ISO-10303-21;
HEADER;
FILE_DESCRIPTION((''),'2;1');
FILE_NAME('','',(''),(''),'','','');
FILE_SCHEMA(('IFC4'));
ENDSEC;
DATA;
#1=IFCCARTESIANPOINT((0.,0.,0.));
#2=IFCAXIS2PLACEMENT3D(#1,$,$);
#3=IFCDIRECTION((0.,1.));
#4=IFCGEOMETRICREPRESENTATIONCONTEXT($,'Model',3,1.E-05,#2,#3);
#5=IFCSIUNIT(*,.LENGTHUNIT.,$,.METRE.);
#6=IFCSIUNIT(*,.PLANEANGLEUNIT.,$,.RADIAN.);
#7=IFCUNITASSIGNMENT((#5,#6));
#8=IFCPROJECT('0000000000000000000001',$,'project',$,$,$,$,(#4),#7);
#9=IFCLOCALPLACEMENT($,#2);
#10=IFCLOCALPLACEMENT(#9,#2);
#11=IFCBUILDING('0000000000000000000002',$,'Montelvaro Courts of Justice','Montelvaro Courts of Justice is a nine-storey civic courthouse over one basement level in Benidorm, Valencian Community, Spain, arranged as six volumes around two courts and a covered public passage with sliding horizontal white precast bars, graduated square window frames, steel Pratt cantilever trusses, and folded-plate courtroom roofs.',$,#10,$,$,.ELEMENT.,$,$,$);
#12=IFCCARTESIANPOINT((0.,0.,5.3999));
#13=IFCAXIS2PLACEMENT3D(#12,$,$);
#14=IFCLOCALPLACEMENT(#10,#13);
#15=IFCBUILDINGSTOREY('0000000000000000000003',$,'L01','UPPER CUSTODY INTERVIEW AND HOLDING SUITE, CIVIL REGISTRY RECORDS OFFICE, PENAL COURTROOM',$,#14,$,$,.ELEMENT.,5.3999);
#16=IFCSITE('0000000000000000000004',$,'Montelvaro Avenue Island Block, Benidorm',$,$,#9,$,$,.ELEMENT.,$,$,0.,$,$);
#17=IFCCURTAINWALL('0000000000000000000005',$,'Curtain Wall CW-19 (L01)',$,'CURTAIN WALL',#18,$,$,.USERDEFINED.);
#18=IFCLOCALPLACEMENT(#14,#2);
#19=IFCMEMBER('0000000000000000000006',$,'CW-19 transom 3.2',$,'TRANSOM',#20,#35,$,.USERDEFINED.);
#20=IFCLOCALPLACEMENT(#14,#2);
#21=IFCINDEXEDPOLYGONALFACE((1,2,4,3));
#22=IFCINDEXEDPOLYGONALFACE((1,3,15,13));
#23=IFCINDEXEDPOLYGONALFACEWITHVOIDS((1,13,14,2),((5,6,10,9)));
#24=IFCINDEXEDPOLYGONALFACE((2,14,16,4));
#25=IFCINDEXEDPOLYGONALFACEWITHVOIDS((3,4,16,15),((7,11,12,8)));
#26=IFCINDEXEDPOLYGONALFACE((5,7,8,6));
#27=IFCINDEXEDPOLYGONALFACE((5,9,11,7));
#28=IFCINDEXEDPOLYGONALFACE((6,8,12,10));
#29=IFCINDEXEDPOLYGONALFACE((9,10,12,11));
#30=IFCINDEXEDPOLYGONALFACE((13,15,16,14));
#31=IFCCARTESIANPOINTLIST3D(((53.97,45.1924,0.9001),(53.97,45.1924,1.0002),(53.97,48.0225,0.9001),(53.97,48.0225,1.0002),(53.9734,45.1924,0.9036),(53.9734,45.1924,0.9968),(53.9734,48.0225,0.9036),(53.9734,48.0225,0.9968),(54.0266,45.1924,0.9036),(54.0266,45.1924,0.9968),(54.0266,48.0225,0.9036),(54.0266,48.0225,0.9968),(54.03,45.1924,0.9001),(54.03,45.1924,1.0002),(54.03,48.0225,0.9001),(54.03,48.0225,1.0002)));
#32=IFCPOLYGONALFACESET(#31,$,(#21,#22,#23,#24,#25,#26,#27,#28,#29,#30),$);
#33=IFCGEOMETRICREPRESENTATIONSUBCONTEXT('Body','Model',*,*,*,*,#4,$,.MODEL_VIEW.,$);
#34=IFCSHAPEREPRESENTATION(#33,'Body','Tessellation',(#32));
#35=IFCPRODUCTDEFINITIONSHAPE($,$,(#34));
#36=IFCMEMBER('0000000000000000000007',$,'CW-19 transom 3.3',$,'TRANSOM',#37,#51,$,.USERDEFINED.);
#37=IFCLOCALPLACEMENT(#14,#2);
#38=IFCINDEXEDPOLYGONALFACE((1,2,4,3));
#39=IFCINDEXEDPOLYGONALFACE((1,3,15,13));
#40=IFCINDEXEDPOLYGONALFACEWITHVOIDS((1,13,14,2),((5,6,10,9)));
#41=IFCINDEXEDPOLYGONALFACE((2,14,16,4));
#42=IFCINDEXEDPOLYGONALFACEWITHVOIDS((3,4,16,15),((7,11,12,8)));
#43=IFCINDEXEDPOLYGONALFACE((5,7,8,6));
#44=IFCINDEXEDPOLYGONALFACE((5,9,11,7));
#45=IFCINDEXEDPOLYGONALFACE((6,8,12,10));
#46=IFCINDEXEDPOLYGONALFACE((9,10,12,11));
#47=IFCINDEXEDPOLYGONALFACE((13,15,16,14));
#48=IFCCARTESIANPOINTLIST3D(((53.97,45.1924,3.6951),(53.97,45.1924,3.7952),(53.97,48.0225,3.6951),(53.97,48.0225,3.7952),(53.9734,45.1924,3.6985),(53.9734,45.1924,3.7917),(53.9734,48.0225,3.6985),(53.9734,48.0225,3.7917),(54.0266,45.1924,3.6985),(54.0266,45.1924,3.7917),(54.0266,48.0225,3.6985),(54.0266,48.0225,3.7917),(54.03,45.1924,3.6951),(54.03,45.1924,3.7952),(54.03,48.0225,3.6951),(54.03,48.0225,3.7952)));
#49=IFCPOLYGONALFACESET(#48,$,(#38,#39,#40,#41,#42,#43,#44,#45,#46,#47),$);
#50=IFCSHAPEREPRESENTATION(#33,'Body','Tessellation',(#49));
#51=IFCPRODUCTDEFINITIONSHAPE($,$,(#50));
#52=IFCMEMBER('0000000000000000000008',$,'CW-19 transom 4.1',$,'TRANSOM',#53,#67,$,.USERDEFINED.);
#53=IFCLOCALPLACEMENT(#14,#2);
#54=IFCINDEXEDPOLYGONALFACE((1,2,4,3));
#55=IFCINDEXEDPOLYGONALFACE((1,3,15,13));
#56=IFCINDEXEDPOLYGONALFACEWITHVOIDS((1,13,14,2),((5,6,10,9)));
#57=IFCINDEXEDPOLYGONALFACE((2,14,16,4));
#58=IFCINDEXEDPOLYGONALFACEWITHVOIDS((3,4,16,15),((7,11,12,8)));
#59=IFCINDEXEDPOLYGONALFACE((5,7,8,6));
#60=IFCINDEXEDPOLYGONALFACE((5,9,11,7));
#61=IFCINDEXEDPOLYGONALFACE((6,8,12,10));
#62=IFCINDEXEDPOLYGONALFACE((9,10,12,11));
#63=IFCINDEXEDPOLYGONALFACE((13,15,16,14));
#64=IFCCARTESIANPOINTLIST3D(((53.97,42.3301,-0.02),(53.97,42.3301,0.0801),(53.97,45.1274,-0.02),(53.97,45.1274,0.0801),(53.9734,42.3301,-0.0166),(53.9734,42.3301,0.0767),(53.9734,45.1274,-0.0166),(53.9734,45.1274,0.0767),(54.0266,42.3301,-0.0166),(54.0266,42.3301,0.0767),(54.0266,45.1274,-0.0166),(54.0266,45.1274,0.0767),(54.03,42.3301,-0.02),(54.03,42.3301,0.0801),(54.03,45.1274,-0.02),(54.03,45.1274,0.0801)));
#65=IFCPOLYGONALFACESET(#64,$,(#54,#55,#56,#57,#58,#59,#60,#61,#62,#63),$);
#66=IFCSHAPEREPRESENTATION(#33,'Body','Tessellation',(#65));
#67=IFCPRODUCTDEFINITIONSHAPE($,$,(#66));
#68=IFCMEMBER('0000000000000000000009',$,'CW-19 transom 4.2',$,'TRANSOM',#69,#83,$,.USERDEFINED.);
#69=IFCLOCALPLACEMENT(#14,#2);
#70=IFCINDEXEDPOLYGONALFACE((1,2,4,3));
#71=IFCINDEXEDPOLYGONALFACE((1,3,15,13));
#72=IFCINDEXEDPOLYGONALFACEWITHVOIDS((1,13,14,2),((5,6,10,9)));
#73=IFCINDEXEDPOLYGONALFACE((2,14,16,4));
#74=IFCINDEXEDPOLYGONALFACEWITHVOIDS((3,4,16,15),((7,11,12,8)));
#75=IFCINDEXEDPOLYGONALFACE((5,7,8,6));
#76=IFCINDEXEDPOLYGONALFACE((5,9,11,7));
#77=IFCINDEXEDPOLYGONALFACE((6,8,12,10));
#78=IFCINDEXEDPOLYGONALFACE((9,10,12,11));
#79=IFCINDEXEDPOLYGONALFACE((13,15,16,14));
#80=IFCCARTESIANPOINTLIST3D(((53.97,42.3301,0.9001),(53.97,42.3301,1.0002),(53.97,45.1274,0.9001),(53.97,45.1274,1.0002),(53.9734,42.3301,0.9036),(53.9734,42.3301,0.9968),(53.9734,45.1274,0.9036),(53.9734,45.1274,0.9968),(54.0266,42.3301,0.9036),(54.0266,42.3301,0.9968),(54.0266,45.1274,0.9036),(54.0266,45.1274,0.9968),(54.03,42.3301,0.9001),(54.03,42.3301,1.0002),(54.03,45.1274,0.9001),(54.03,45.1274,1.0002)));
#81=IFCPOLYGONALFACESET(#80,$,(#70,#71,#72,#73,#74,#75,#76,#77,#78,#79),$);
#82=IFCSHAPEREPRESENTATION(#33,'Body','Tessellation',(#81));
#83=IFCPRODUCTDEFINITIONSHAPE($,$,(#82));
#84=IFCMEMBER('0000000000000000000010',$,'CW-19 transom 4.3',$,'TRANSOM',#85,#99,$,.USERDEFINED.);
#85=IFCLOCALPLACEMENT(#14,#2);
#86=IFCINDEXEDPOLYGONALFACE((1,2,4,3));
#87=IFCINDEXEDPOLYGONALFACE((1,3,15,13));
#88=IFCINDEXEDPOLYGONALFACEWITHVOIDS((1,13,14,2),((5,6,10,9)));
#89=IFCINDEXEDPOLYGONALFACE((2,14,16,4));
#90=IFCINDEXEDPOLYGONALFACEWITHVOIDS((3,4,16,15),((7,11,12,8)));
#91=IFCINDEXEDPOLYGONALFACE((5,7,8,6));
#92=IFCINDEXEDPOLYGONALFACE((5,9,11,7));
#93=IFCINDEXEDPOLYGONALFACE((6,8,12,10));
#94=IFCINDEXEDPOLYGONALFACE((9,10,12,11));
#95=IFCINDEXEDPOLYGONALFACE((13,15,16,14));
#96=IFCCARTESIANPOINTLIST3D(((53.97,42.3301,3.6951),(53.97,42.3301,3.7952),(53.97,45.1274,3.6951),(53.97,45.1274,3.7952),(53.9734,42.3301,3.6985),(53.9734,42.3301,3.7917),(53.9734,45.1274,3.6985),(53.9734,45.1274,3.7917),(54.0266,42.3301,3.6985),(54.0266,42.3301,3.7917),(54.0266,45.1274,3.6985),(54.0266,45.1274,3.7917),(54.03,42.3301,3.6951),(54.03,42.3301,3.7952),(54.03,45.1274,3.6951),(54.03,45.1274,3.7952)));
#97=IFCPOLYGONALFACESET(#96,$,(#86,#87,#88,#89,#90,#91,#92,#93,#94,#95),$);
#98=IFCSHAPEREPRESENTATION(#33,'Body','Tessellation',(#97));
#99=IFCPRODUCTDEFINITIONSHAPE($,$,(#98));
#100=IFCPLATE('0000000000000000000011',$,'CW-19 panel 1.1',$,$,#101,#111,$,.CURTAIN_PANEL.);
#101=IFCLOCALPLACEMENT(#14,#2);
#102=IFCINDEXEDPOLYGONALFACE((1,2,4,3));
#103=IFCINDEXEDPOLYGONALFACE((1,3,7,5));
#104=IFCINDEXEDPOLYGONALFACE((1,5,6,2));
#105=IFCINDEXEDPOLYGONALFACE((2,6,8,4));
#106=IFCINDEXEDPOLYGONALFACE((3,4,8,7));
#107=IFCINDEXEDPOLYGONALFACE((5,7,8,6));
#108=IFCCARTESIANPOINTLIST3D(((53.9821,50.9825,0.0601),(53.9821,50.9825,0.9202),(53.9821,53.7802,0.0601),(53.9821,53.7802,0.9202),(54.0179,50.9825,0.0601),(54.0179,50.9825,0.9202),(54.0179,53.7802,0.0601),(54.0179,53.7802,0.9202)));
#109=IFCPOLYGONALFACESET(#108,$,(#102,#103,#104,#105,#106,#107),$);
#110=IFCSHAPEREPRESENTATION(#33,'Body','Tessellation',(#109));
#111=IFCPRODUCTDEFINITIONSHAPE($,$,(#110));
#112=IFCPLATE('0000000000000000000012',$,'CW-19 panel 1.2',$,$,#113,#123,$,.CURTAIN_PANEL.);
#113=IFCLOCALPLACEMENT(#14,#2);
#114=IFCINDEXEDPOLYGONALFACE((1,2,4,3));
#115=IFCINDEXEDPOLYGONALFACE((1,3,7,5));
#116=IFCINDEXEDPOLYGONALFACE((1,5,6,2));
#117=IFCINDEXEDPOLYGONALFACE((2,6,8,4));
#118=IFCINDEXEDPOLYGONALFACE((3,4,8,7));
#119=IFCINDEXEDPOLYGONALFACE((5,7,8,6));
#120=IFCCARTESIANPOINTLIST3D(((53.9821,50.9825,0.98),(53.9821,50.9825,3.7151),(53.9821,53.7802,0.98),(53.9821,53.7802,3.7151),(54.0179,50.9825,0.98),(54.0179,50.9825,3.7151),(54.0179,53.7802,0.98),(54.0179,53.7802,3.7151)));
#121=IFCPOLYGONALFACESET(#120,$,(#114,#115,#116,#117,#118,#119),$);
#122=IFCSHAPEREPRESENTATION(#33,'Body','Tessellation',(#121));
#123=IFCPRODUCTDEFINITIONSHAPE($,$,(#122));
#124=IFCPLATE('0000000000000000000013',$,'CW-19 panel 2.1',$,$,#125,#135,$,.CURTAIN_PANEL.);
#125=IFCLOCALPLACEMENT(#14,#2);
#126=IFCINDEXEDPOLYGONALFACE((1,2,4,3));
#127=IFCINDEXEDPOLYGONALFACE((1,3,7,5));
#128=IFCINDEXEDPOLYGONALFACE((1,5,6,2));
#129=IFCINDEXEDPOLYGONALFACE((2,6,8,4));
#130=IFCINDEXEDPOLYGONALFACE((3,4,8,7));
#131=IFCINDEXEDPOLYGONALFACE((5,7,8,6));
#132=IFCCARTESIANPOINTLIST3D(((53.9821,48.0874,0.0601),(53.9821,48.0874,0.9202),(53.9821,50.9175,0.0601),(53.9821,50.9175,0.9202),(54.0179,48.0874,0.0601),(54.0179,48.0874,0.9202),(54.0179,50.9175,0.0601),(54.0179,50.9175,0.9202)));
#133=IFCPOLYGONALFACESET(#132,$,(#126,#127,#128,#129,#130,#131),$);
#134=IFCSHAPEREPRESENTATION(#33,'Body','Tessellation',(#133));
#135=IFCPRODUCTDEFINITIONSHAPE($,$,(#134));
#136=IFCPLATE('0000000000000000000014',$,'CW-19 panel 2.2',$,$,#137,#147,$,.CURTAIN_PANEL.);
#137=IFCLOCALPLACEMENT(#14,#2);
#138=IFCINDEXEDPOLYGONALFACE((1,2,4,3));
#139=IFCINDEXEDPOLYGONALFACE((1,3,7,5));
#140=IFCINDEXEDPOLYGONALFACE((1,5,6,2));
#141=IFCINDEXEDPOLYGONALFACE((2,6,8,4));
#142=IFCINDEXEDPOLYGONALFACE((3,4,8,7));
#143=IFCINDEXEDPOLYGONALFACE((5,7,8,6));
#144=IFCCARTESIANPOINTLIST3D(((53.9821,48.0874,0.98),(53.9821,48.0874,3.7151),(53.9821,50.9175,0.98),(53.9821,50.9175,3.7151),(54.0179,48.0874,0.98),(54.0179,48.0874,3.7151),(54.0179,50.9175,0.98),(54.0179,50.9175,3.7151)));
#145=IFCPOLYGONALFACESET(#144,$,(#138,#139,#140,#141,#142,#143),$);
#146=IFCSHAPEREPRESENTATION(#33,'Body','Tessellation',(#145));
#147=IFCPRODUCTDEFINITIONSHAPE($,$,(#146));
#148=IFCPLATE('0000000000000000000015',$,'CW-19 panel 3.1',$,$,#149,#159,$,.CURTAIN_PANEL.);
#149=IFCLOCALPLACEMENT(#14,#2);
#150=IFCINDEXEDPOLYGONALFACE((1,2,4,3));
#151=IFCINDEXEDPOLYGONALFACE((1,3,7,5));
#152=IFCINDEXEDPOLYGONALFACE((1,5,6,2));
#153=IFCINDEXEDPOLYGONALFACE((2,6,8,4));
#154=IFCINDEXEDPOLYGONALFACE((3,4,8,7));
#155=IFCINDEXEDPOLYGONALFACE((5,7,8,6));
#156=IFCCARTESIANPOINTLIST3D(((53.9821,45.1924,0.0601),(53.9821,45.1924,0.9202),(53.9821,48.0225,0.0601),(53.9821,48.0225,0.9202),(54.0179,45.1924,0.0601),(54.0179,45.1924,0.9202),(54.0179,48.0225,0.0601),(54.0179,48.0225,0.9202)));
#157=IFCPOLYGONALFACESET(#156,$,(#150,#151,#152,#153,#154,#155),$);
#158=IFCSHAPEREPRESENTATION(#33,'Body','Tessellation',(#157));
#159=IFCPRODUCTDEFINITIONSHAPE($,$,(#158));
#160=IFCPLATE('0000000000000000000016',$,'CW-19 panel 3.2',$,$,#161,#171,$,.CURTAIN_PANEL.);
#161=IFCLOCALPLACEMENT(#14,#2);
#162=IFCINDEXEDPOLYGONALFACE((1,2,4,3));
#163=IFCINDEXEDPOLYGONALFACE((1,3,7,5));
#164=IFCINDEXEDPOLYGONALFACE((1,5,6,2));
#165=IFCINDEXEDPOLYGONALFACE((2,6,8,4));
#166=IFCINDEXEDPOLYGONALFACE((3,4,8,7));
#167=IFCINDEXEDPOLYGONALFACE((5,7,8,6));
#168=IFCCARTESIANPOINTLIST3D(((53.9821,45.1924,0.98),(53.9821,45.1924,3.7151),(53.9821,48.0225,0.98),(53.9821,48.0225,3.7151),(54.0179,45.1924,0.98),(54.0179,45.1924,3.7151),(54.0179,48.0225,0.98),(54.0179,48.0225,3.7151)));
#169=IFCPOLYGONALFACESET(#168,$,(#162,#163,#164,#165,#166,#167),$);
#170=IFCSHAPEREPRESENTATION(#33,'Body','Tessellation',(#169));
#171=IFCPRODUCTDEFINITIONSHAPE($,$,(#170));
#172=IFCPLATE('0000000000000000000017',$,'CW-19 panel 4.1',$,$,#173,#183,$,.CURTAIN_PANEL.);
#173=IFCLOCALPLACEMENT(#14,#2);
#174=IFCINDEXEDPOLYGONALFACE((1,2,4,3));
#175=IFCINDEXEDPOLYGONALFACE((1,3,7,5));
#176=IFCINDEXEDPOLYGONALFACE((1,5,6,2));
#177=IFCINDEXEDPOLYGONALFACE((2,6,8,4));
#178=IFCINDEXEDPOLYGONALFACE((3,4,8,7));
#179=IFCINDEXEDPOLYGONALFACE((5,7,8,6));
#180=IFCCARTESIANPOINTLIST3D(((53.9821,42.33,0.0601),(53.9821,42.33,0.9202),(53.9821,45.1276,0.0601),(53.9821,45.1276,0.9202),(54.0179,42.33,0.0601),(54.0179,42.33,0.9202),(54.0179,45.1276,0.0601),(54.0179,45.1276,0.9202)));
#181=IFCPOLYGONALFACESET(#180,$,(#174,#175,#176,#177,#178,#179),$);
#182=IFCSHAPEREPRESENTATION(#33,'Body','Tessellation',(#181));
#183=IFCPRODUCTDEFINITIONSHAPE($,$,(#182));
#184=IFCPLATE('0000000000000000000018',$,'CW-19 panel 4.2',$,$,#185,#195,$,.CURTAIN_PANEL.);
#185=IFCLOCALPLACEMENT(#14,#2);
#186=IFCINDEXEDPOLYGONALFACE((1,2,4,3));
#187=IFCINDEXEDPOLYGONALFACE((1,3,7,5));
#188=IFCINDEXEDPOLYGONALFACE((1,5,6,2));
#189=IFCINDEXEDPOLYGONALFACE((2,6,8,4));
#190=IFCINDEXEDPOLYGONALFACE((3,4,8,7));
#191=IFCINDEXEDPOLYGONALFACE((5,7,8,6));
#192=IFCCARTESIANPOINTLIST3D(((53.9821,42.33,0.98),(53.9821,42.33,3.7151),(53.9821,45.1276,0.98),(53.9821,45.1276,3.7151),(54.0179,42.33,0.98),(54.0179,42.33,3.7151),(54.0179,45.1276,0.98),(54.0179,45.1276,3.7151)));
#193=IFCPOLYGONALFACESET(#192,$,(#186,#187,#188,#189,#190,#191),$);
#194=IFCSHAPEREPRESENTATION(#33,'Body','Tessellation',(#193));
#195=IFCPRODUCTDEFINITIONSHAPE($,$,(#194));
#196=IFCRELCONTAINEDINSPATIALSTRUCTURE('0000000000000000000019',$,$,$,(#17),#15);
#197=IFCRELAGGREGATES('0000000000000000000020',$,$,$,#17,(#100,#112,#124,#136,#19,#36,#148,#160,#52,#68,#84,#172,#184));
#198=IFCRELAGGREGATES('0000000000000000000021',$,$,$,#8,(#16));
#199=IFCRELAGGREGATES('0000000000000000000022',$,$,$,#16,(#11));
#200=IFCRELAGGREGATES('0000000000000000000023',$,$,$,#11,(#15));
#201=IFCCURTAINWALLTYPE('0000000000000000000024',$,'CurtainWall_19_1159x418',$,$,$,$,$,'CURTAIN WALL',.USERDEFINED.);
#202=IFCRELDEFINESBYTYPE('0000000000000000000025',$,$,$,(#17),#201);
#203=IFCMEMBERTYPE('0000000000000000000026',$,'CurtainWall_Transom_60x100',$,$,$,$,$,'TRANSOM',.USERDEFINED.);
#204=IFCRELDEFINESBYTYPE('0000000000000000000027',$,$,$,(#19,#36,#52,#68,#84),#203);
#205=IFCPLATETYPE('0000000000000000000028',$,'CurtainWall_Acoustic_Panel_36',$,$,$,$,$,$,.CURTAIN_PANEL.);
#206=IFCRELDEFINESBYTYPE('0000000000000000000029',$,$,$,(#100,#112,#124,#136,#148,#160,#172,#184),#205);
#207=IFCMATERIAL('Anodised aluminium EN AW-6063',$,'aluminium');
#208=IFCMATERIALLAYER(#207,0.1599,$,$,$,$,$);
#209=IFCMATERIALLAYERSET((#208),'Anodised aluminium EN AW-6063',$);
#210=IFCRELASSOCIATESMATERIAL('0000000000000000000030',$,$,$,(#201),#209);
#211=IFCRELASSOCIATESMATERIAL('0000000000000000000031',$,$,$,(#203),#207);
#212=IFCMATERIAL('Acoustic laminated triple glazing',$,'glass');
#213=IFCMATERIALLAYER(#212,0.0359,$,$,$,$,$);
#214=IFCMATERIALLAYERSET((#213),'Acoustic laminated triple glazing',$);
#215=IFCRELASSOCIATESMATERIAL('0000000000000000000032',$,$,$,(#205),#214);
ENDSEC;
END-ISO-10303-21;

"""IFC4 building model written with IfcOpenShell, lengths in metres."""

from ifc_helpers import new_model, si_unit, direction, frame, origin, origin_2d, place, context, subcontext, project, spatial, rectangle, hollow_rectangle, extrude, material, layer, layer_set, material_profile, profile_set, type_object, element, aggregate, save


model = new_model("IFC4")

# Units and contexts
model_context = context("Model", 3, precision=1e-05, world=origin(), true_north=direction((0.0, 1.0)))
body_context = subcontext(model_context, "Body", "Model", "MODEL_VIEW")
ifc_project = project(units=[si_unit("LENGTHUNIT", "METRE"), si_unit("PLANEANGLEUNIT", "RADIAN")], contexts=[model_context])

# Site, building, storey
site_placement = place(None, origin())
site = spatial("IfcSite", under=ifc_project, at=site_placement, Name="Montelvaro Avenue Island Block, Benidorm", CompositionType="ELEMENT", RefElevation=0.0)
building_placement = place(site_placement, origin())
building = spatial("IfcBuilding", under=site, at=building_placement, Name="Montelvaro Courts of Justice", Description="Montelvaro Courts of Justice is a nine-storey civic courthouse over one basement level in Benidorm, Valencian Community, Spain, arranged as six volumes around two courts and a covered public passage with sliding horizontal white precast bars, graduated square window frames, steel Pratt cantilever trusses, and folded-plate courtroom roofs.", CompositionType="ELEMENT")
storey_placement = place(building_placement, frame((0.0, 0.0, 5.3999)))
storey = spatial("IfcBuildingStorey", under=building, at=storey_placement, Name="L01", Description="UPPER CUSTODY INTERVIEW AND HOLDING SUITE, CIVIL REGISTRY RECORDS OFFICE, PENAL COURTROOM", CompositionType="ELEMENT", Elevation=5.3999)

# Curtain wall, members, plates
ifc_material_1 = material(Name="Anodised aluminium EN AW-6063", Category="aluminium")
ifc_layer_1 = layer(ifc_material_1, 0.1599)
ifc_layer_set_1 = layer_set([ifc_layer_1], Name="Anodised aluminium EN AW-6063")
curtain_wall_type = type_object("IfcCurtainWallType", Name="CurtainWall_19_1159x418", ElementType="CURTAIN WALL", PredefinedType="USERDEFINED", material=ifc_layer_set_1)
curtain_wall_placement = place(storey_placement, origin())
curtain_wall = element("IfcCurtainWall", 1, at=curtain_wall_placement, inside=storey, type_object=curtain_wall_type, Name="Curtain Wall CW-19 (L01)", ObjectType="CURTAIN WALL", PredefinedType="USERDEFINED")
ifc_material_profile_1 = material_profile(ifc_material_1, hollow_rectangle(XDim=0.0601, YDim=0.1001, WallThickness=0.0034, at=origin_2d()), Name="ALU-T 60x100")
ifc_profile_set_1 = profile_set([ifc_material_profile_1], Name="Anodised aluminium EN AW-6063")
member_type_1 = type_object("IfcMemberType", Name="CurtainWall_Transom_60x100", ElementType="TRANSOM", PredefinedType="USERDEFINED", material=ifc_profile_set_1)
member_1_placement = place(storey_placement, frame((54.0, 48.0225, 0.9502), z_axis=(0.0, -1.0, 0.0), x_axis=(1.0, 0.0, 0.0)))
member_1 = element("IfcMember", 2, at=member_1_placement, type_object=member_type_1, Name="CW-19 transom 3.2", ObjectType="TRANSOM", PredefinedType="USERDEFINED", context=body_context, shape_type="SweptSolid", body=[
    extrude(hollow_rectangle(XDim=0.0601, YDim=0.1001, WallThickness=0.0034, at=origin_2d()), origin(), (0.0, 0.0, 1.0), 2.8301),
])
member_2_placement = place(storey_placement, frame((54.0, 48.0225, 3.7451), z_axis=(0.0, -1.0, 0.0), x_axis=(1.0, 0.0, 0.0)))
member_2 = element("IfcMember", 3, at=member_2_placement, type_object=member_type_1, Name="CW-19 transom 3.3", ObjectType="TRANSOM", PredefinedType="USERDEFINED", context=body_context, shape_type="SweptSolid", body=[
    extrude(hollow_rectangle(XDim=0.0601, YDim=0.1001, WallThickness=0.0034, at=origin_2d()), origin(), (0.0, 0.0, 1.0), 2.8301),
])
member_3_placement = place(storey_placement, frame((54.0, 45.1274, 0.03), z_axis=(0.0, -1.0, 0.0), x_axis=(1.0, 0.0, 0.0)))
member_3 = element("IfcMember", 4, at=member_3_placement, type_object=member_type_1, Name="CW-19 transom 4.1", ObjectType="TRANSOM", PredefinedType="USERDEFINED", context=body_context, shape_type="SweptSolid", body=[
    extrude(hollow_rectangle(XDim=0.0601, YDim=0.1001, WallThickness=0.0034, at=origin_2d()), origin(), (0.0, 0.0, 1.0), 2.7974),
])
member_4_placement = place(storey_placement, frame((54.0, 45.1274, 0.9502), z_axis=(0.0, -1.0, 0.0), x_axis=(1.0, 0.0, 0.0)))
member_4 = element("IfcMember", 5, at=member_4_placement, type_object=member_type_1, Name="CW-19 transom 4.2", ObjectType="TRANSOM", PredefinedType="USERDEFINED", context=body_context, shape_type="SweptSolid", body=[
    extrude(hollow_rectangle(XDim=0.0601, YDim=0.1001, WallThickness=0.0034, at=origin_2d()), origin(), (0.0, 0.0, 1.0), 2.7974),
])
member_5_placement = place(storey_placement, frame((54.0, 45.1274, 3.7451), z_axis=(0.0, -1.0, 0.0), x_axis=(1.0, 0.0, 0.0)))
member_5 = element("IfcMember", 6, at=member_5_placement, type_object=member_type_1, Name="CW-19 transom 4.3", ObjectType="TRANSOM", PredefinedType="USERDEFINED", context=body_context, shape_type="SweptSolid", body=[
    extrude(hollow_rectangle(XDim=0.0601, YDim=0.1001, WallThickness=0.0034, at=origin_2d()), origin(), (0.0, 0.0, 1.0), 2.7974),
])
ifc_material_2 = material(Name="Acoustic laminated triple glazing", Category="glass")
ifc_layer_2 = layer(ifc_material_2, 0.0359)
ifc_layer_set_2 = layer_set([ifc_layer_2], Name="Acoustic laminated triple glazing")
plate_type_1 = type_object("IfcPlateType", Name="CurtainWall_Acoustic_Panel_36", PredefinedType="CURTAIN_PANEL", material=ifc_layer_set_2)
plate_1_placement = place(storey_placement, frame((54.0, 52.3813, 0.0601), z_axis=(0.0, 0.0, 1.0), x_axis=(0.0, -1.0, 0.0)))
plate_1 = element("IfcPlate", 7, at=plate_1_placement, type_object=plate_type_1, Name="CW-19 panel 1.1", PredefinedType="CURTAIN_PANEL", context=body_context, shape_type="SweptSolid", body=[
    extrude(rectangle(XDim=2.7976, YDim=0.0359, at=origin_2d()), origin(), (0.0, 0.0, 1.0), 0.8601),
])
plate_2_placement = place(storey_placement, frame((54.0, 52.3813, 0.98), z_axis=(0.0, 0.0, 1.0), x_axis=(0.0, -1.0, 0.0)))
plate_2 = element("IfcPlate", 8, at=plate_2_placement, type_object=plate_type_1, Name="CW-19 panel 1.2", PredefinedType="CURTAIN_PANEL", context=body_context, shape_type="SweptSolid", body=[
    extrude(rectangle(XDim=2.7976, YDim=0.0359, at=origin_2d()), origin(), (0.0, 0.0, 1.0), 2.7351),
])
plate_3_placement = place(storey_placement, frame((54.0, 49.5024, 0.0601), z_axis=(0.0, 0.0, 1.0), x_axis=(0.0, -1.0, 0.0)))
plate_3 = element("IfcPlate", 9, at=plate_3_placement, type_object=plate_type_1, Name="CW-19 panel 2.1", PredefinedType="CURTAIN_PANEL", context=body_context, shape_type="SweptSolid", body=[
    extrude(rectangle(XDim=2.8301, YDim=0.0359, at=origin_2d()), origin(), (0.0, 0.0, 1.0), 0.8601),
])
plate_4_placement = place(storey_placement, frame((54.0, 49.5024, 0.98), z_axis=(0.0, 0.0, 1.0), x_axis=(0.0, -1.0, 0.0)))
plate_4 = element("IfcPlate", 10, at=plate_4_placement, type_object=plate_type_1, Name="CW-19 panel 2.2", PredefinedType="CURTAIN_PANEL", context=body_context, shape_type="SweptSolid", body=[
    extrude(rectangle(XDim=2.8301, YDim=0.0359, at=origin_2d()), origin(), (0.0, 0.0, 1.0), 2.7351),
])
plate_5_placement = place(storey_placement, frame((54.0, 46.6074, 0.0601), z_axis=(0.0, 0.0, 1.0), x_axis=(0.0, -1.0, 0.0)))
plate_5 = element("IfcPlate", 11, at=plate_5_placement, type_object=plate_type_1, Name="CW-19 panel 3.1", PredefinedType="CURTAIN_PANEL", context=body_context, shape_type="SweptSolid", body=[
    extrude(rectangle(XDim=2.8301, YDim=0.0359, at=origin_2d()), origin(), (0.0, 0.0, 1.0), 0.8601),
])
plate_6_placement = place(storey_placement, frame((54.0, 46.6074, 0.98), z_axis=(0.0, 0.0, 1.0), x_axis=(0.0, -1.0, 0.0)))
plate_6 = element("IfcPlate", 12, at=plate_6_placement, type_object=plate_type_1, Name="CW-19 panel 3.2", PredefinedType="CURTAIN_PANEL", context=body_context, shape_type="SweptSolid", body=[
    extrude(rectangle(XDim=2.8301, YDim=0.0359, at=origin_2d()), origin(), (0.0, 0.0, 1.0), 2.7351),
])
plate_7_placement = place(storey_placement, frame((54.0, 43.7288, 0.0601), z_axis=(0.0, 0.0, 1.0), x_axis=(0.0, -1.0, 0.0)))
plate_7 = element("IfcPlate", 13, at=plate_7_placement, type_object=plate_type_1, Name="CW-19 panel 4.1", PredefinedType="CURTAIN_PANEL", context=body_context, shape_type="SweptSolid", body=[
    extrude(rectangle(XDim=2.7976, YDim=0.0359, at=origin_2d()), origin(), (0.0, 0.0, 1.0), 0.8601),
])
plate_8_placement = place(storey_placement, frame((54.0, 43.7288, 0.98), z_axis=(0.0, 0.0, 1.0), x_axis=(0.0, -1.0, 0.0)))
plate_8 = element("IfcPlate", 14, at=plate_8_placement, type_object=plate_type_1, Name="CW-19 panel 4.2", PredefinedType="CURTAIN_PANEL", context=body_context, shape_type="SweptSolid", body=[
    extrude(rectangle(XDim=2.7976, YDim=0.0359, at=origin_2d()), origin(), (0.0, 0.0, 1.0), 2.7351),
])
aggregate(curtain_wall, [plate_1, plate_2, plate_3, plate_4, member_1, member_2, plate_5, plate_6, member_3, member_4, member_5, plate_7, plate_8])

save(model, "model.ifc")
